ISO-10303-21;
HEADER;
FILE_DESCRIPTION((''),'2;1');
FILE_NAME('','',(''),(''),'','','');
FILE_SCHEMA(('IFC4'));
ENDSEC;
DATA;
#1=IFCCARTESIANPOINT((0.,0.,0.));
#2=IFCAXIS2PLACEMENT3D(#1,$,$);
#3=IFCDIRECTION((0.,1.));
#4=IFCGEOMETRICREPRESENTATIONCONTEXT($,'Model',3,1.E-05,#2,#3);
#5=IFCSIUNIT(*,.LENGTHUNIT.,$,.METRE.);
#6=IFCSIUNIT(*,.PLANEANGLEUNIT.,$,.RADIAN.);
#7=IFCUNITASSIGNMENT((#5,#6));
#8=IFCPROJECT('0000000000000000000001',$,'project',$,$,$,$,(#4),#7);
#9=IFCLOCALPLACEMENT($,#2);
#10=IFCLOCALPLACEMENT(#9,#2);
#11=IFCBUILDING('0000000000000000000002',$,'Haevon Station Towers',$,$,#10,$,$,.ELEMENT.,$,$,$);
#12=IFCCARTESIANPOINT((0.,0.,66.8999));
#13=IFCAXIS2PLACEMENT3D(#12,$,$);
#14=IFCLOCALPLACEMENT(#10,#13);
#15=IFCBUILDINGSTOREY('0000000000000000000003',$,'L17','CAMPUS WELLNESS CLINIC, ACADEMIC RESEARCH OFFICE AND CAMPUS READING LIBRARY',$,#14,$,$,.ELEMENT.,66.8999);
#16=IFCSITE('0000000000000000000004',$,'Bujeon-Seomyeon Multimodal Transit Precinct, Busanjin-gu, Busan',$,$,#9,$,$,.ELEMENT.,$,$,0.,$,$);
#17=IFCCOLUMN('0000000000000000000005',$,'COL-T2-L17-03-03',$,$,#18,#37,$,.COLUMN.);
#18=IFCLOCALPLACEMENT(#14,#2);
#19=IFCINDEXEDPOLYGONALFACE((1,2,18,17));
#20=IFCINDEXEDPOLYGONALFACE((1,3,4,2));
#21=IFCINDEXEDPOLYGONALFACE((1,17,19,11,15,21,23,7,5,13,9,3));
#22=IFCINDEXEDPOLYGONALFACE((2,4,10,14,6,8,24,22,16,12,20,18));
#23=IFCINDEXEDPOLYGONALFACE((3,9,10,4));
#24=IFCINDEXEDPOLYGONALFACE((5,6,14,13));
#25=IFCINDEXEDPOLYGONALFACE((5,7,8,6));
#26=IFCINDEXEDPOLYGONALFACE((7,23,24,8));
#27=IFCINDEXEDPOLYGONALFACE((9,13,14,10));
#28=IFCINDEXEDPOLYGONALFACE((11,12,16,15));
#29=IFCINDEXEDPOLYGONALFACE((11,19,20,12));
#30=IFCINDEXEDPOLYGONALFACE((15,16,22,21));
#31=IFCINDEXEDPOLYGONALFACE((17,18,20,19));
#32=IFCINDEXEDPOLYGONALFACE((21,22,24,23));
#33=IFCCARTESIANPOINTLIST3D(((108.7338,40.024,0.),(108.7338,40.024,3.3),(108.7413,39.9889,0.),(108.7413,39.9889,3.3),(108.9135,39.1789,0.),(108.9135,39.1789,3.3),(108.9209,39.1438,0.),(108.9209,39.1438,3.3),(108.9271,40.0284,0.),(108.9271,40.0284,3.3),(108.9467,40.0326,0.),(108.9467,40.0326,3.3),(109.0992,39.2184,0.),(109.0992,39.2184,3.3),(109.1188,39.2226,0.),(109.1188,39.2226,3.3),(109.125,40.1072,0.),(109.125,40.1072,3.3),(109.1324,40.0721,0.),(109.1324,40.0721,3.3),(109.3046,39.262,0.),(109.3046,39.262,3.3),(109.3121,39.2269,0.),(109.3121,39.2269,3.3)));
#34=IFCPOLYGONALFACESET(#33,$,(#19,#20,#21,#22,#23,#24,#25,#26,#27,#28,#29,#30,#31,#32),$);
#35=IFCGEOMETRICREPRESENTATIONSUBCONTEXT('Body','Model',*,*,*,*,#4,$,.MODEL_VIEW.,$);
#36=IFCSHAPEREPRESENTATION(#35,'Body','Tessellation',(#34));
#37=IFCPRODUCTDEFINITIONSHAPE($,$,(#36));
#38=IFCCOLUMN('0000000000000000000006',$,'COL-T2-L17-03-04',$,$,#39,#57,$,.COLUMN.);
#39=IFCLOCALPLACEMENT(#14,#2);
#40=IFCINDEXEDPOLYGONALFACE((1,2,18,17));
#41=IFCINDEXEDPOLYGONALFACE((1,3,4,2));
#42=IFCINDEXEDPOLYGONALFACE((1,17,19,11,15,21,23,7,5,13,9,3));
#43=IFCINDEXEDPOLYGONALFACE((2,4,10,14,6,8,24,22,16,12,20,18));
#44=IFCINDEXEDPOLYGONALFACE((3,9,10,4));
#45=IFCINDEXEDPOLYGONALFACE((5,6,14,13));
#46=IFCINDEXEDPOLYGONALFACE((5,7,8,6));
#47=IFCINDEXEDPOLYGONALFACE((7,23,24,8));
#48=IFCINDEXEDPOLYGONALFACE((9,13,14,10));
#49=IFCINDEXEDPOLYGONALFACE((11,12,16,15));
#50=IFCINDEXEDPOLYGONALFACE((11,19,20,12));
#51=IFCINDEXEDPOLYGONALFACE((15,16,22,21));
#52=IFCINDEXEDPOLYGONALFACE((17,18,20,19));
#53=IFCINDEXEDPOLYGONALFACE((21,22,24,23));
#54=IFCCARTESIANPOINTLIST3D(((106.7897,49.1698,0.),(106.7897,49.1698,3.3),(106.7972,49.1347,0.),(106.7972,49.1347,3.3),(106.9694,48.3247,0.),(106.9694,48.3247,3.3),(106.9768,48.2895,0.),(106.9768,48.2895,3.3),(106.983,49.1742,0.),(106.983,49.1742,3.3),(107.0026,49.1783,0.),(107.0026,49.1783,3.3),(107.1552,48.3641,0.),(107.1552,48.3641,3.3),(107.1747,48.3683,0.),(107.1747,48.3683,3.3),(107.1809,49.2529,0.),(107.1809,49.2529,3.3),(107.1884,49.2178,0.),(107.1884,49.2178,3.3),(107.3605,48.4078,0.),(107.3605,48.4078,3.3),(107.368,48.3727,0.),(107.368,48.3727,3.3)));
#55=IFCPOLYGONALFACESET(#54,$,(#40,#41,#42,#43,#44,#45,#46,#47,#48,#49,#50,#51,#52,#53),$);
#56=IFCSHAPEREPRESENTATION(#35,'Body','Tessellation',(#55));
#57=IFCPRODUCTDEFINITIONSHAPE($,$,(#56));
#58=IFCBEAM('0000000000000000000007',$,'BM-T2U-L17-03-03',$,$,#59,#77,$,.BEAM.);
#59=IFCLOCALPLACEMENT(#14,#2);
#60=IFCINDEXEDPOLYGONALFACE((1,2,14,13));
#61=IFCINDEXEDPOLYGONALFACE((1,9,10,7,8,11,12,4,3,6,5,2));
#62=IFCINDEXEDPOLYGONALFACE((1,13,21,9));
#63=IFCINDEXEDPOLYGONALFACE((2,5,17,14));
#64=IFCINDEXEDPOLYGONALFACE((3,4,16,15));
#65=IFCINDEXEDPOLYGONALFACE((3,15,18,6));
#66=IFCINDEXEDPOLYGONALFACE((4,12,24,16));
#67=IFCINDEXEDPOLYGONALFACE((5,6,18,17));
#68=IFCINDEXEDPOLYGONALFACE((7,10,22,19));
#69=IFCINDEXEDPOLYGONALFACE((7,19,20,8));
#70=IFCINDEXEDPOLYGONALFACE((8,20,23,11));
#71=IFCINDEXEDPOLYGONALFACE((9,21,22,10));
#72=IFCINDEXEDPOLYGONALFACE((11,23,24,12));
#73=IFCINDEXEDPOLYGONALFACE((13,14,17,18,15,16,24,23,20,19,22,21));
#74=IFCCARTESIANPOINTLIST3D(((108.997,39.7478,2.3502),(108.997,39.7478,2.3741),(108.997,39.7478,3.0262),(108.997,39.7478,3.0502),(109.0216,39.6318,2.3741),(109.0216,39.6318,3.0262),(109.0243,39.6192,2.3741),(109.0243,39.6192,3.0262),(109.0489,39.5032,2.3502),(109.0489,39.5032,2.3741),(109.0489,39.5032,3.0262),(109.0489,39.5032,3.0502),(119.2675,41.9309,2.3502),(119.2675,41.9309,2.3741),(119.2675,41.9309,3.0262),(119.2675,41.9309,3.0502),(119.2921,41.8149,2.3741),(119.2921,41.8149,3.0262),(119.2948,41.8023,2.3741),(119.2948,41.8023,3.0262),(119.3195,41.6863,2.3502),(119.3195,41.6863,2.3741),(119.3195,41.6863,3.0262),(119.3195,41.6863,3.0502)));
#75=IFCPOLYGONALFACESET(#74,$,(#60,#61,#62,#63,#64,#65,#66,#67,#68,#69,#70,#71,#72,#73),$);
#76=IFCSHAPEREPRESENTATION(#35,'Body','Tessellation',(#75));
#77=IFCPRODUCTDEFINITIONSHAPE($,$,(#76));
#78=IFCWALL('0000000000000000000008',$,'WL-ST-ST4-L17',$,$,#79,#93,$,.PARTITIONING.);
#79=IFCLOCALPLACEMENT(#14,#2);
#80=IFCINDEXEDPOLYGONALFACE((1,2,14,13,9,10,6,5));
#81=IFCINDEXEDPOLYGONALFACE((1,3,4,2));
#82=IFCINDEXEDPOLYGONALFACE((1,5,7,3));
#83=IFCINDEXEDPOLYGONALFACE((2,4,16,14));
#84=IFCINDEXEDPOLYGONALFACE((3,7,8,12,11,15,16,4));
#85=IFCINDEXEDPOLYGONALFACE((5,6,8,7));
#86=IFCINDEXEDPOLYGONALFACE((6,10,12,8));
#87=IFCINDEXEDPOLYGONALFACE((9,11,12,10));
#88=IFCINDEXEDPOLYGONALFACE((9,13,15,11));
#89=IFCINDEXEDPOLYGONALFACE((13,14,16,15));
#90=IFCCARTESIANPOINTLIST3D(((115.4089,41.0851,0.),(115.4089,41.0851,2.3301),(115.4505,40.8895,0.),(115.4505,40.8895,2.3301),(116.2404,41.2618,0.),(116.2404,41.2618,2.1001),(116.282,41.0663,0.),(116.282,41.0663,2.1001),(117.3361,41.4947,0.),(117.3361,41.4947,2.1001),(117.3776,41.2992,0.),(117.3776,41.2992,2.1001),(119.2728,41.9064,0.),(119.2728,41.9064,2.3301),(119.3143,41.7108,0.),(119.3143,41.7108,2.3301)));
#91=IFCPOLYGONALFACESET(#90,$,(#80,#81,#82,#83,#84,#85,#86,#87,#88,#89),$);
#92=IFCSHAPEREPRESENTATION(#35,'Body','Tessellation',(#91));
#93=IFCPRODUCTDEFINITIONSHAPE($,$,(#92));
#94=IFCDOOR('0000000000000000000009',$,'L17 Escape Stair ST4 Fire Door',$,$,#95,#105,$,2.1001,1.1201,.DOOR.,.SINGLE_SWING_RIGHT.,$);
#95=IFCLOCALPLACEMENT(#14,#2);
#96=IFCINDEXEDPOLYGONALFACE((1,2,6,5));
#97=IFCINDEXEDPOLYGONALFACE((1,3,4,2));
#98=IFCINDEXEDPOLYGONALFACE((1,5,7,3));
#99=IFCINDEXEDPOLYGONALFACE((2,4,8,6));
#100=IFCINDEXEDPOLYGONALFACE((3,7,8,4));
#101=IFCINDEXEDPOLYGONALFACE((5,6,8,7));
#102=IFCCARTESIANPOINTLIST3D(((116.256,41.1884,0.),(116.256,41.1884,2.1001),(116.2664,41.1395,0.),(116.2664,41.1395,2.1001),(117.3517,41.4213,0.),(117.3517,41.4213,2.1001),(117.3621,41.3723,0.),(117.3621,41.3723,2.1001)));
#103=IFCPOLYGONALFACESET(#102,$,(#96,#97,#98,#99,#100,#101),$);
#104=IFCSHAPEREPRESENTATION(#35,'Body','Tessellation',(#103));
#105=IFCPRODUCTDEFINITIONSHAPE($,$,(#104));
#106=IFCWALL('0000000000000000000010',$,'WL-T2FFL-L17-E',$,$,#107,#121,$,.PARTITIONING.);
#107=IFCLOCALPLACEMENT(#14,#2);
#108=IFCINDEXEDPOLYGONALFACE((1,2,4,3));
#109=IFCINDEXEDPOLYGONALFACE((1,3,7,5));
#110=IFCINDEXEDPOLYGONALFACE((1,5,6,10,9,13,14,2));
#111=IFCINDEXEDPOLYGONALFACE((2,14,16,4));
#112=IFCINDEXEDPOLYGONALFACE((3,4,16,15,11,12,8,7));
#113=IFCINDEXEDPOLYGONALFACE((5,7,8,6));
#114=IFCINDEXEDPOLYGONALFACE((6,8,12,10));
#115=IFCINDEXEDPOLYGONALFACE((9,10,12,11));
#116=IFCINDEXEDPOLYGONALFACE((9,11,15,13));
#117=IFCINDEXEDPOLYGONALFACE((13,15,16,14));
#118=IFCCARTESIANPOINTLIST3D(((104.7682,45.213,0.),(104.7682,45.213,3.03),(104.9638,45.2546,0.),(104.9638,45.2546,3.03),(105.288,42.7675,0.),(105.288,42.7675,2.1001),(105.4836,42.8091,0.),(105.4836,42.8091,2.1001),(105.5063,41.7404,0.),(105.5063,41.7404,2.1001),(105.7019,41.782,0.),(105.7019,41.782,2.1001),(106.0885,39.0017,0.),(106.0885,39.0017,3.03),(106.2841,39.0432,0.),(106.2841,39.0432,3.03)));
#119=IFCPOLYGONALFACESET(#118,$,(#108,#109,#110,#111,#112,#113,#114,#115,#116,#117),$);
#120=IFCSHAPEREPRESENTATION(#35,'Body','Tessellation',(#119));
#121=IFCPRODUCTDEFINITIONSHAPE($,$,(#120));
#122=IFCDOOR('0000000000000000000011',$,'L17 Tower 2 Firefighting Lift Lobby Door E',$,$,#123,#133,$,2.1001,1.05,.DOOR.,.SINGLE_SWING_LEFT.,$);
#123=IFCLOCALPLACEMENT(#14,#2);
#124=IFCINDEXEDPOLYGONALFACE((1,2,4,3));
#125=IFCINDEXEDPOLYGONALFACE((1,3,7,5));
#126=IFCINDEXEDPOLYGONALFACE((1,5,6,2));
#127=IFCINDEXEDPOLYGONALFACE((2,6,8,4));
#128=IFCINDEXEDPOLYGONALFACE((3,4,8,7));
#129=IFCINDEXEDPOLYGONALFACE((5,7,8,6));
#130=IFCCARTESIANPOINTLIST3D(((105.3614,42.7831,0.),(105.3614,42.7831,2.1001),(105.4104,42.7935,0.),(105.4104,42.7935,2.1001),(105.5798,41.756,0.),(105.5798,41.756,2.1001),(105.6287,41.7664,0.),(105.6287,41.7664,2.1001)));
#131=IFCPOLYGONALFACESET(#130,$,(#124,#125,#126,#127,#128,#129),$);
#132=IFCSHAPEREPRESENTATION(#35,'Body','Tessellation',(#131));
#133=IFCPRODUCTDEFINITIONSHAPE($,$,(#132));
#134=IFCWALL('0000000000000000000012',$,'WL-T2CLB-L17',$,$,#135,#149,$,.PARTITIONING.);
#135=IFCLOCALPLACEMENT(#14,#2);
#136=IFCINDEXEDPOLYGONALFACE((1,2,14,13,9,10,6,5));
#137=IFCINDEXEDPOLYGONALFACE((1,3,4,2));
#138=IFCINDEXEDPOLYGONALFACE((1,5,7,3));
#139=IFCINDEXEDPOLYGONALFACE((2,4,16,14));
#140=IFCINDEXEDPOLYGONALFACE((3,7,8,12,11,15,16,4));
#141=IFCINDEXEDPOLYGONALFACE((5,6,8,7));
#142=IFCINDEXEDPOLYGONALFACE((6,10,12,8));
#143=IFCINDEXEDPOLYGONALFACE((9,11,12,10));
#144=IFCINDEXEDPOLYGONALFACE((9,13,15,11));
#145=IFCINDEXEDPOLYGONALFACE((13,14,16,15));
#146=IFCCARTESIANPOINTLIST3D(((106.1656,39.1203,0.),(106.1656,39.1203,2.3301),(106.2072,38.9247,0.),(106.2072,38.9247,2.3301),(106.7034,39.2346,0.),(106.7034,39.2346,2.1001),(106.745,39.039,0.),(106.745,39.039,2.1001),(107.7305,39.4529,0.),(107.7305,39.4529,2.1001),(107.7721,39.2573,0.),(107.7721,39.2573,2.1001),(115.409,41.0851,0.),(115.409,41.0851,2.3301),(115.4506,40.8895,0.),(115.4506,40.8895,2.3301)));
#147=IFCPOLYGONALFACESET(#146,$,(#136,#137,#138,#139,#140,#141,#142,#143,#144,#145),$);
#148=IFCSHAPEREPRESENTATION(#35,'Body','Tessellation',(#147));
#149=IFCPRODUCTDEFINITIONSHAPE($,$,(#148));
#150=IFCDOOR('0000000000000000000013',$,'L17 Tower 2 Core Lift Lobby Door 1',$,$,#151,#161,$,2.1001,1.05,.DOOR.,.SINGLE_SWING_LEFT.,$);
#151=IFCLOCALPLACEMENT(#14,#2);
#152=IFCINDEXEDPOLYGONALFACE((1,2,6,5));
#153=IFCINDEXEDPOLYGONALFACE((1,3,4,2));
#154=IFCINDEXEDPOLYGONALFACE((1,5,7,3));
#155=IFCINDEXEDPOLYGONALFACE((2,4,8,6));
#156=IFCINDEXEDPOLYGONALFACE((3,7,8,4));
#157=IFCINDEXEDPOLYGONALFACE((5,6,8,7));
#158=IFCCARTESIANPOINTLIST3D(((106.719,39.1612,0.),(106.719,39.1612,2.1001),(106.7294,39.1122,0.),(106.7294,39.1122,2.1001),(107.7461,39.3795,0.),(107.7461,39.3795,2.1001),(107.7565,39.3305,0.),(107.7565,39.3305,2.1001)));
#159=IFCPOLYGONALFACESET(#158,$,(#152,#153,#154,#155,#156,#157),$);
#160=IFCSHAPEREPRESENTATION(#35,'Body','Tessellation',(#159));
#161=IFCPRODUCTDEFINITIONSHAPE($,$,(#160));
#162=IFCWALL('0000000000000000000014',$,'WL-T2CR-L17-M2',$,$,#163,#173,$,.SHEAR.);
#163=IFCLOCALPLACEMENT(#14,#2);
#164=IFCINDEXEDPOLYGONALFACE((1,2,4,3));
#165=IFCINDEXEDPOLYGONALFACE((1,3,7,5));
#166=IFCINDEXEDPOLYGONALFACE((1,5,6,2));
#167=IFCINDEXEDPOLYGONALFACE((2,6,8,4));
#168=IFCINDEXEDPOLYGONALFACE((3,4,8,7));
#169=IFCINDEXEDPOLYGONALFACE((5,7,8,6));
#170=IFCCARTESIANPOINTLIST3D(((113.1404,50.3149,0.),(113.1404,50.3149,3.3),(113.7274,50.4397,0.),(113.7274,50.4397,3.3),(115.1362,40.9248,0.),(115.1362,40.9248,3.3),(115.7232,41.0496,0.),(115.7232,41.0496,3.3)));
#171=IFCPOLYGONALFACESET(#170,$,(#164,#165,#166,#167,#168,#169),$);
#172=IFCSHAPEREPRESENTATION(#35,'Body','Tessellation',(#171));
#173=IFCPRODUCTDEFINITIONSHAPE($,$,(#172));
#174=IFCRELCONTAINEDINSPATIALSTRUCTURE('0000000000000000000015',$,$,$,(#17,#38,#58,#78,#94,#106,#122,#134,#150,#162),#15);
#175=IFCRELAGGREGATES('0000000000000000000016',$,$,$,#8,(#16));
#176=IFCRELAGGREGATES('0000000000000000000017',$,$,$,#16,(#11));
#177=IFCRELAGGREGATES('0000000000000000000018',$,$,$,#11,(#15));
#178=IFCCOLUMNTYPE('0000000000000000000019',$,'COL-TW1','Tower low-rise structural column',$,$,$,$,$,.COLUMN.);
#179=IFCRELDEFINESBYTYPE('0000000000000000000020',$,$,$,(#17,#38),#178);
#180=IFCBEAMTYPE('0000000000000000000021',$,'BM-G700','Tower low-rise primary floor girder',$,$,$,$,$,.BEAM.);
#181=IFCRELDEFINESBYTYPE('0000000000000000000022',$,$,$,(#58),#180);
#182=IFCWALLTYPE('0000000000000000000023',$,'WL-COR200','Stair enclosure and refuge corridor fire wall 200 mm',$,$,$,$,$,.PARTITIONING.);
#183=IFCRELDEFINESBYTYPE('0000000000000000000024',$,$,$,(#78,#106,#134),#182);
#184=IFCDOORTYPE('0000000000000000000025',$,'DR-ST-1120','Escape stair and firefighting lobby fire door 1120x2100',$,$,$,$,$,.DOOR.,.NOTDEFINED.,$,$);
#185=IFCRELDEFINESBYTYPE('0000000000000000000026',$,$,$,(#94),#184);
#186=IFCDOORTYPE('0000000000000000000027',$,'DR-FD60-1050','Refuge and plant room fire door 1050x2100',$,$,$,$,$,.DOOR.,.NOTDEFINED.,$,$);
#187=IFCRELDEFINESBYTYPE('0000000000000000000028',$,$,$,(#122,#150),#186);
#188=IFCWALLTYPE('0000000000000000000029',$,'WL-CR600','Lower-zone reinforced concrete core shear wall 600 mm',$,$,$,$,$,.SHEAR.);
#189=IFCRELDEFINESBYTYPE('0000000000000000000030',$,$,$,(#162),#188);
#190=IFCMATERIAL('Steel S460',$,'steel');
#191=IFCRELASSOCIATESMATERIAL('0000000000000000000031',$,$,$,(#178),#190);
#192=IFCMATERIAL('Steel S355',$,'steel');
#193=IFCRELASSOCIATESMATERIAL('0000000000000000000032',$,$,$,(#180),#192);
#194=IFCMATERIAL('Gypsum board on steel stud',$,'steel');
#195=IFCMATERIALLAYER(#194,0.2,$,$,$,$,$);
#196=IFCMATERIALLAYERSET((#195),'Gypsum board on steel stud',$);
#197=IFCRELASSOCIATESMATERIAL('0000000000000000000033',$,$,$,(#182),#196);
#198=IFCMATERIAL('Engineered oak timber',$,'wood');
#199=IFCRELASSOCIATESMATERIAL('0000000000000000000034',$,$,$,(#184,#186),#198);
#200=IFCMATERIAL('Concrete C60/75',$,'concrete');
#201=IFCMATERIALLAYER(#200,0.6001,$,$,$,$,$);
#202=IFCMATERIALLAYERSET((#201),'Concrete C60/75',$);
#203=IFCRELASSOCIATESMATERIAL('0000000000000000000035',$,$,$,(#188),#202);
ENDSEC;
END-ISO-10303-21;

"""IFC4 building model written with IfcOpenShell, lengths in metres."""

from ifc_helpers import new_model, si_unit, direction, frame, frame_2d, origin, origin_2d, place, context, subcontext, project, spatial, rectangle, i_section, extrude, material, layer, layer_set, material_profile, profile_set, type_object, element, fill, save


model = new_model("IFC4")

# Units and contexts
model_context = context("Model", 3, precision=1e-05, world=origin(), true_north=direction((0.0, 1.0)))
body_context = subcontext(model_context, "Body", "Model", "MODEL_VIEW")
ifc_project = project(units=[si_unit("LENGTHUNIT", "METRE"), si_unit("PLANEANGLEUNIT", "RADIAN")], contexts=[model_context])

# Site, building, storey
site_placement = place(None, origin())
site = spatial("IfcSite", under=ifc_project, at=site_placement, Name="Bujeon-Seomyeon Multimodal Transit Precinct, Busanjin-gu, Busan", CompositionType="ELEMENT", RefElevation=0.0)
building_placement = place(site_placement, origin())
building = spatial("IfcBuilding", under=site, at=building_placement, Name="Haevon Station Towers", CompositionType="ELEMENT")
storey_placement = place(building_placement, frame((0.0, 0.0, 66.8999)))
storey = spatial("IfcBuildingStorey", under=building, at=storey_placement, Name="L17", Description="CAMPUS WELLNESS CLINIC, ACADEMIC RESEARCH OFFICE AND CAMPUS READING LIBRARY", CompositionType="ELEMENT", Elevation=66.8999)

# Columns
ifc_material_1 = material(Name="Steel S460", Category="steel")
ifc_material_profile_1 = material_profile(ifc_material_1, i_section(OverallWidth=0.3999, OverallDepth=0.8999, WebThickness=0.02, FlangeThickness=0.0359, at=origin_2d()), Name="H-900x400x20x36")
ifc_profile_set_1 = profile_set([ifc_material_profile_1], Name="Steel S460")
column_type = type_object("IfcColumnType", Name="COL-TW1", Description="Tower low-rise structural column", PredefinedType="COLUMN", material=ifc_profile_set_1)
for number, where, z_axis, x_axis, name in (
    (1, (109.0229, 39.6255, 0.0), (0.0, 0.0, 1.0), (0.978148, 0.207912, 0.0), "COL-T2-L17-03-03"),
    (2, (107.0789, 48.7712, 0.0), (0.0, 0.0, 1.0), (0.978148, 0.207912, 0.0), "COL-T2-L17-03-04"),
):
    element("IfcColumn", number, at=place(storey_placement, frame(where, z_axis=z_axis, x_axis=x_axis)), inside=storey, type_object=column_type, Name=name, PredefinedType="COLUMN", context=body_context, shape_type="SweptSolid", body=[
        extrude(i_section(OverallWidth=0.3999, OverallDepth=0.8999, WebThickness=0.02, FlangeThickness=0.0359, at=origin_2d()), origin(), (0.0, 0.0, 1.0), 3.3),
    ])

# Beam
ifc_material_2 = material(Name="Steel S355", Category="steel")
ifc_material_profile_2 = material_profile(ifc_material_2, i_section(OverallWidth=0.25, OverallDepth=0.7, WebThickness=0.0129, FlangeThickness=0.0239, at=origin_2d()), Name="H-700x250x13x24")
ifc_profile_set_2 = profile_set([ifc_material_profile_2], Name="Steel S355")
beam_type = type_object("IfcBeamType", Name="BM-G700", Description="Tower low-rise primary floor girder", PredefinedType="BEAM", material=ifc_profile_set_2)
beam_placement = place(storey_placement, frame((109.0229, 39.6255, 2.7002), z_axis=(0.978147, 0.207915, 0.0), x_axis=(-0.207915, 0.978147, 0.0)))
element("IfcBeam", 3, at=beam_placement, inside=storey, type_object=beam_type, Name="BM-T2U-L17-03-03", PredefinedType="BEAM", context=body_context, shape_type="SweptSolid", body=[
    extrude(i_section(OverallWidth=0.25, OverallDepth=0.7, WebThickness=0.0129, FlangeThickness=0.0239, at=origin_2d()), origin(), (0.0, 0.0, 1.0), 10.5),
])

# Walls, openings, doors
ifc_material_3 = material(Name="Gypsum board on steel stud", Category="steel")
ifc_layer_1 = layer(ifc_material_3, 0.2)
ifc_layer_set_1 = layer_set([ifc_layer_1], Name="Gypsum board on steel stud")
wall_type_1 = type_object("IfcWallType", Name="WL-COR200", Description="Stair enclosure and refuge corridor fire wall 200 mm", PredefinedType="PARTITIONING", material=ifc_layer_set_1)
wall_1_placement = place(storey_placement, frame((115.4297, 40.9873, 0.0), z_axis=(0.0, 0.0, 1.0), x_axis=(0.978147, 0.207916, 0.0)))
wall_1 = element("IfcWall", 4, at=wall_1_placement, inside=storey, type_object=wall_type_1, Name="WL-ST-ST4-L17", PredefinedType="PARTITIONING", context=body_context, shape_type="SweptSolid", body=[
    extrude(rectangle(XDim=3.9502, YDim=0.2, at=frame_2d((1.9751, 0.0))), origin(), (0.0, 0.0, 1.0), 2.3301),
])
opening_1_placement = place(wall_1_placement, frame((0.8501, 0.0, 0.0)))
opening_1 = element("IfcOpeningElement", 5, at=opening_1_placement, cuts=wall_1, PredefinedType="OPENING", context=body_context, shape_type="SweptSolid", body=[
    extrude(rectangle(XDim=1.1201, YDim=2.1001, at=frame_2d((0.5601, 1.05))), frame((0.0, 0.1099, 0.0), z_axis=(0.0, -1.0, 0.0), x_axis=(1.0, 0.0, 0.0)), (0.0, 0.0, 1.0), 0.22),
])
ifc_material_4 = material(Name="Engineered oak timber", Category="wood")
door_type_1 = type_object("IfcDoorType", Name="DR-ST-1120", Description="Escape stair and firefighting lobby fire door 1120x2100", OperationType="NOTDEFINED", PredefinedType="DOOR", material=ifc_material_4)
door_1_placement = place(opening_1_placement, origin())
door_1 = element("IfcDoor", 6, at=door_1_placement, inside=storey, type_object=door_type_1, Name="L17 Escape Stair ST4 Fire Door", OperationType="SINGLE_SWING_RIGHT", OverallHeight=2.1001, OverallWidth=1.1201, PredefinedType="DOOR", context=body_context, shape_type="SweptSolid", body=[
    extrude(rectangle(XDim=1.1201, YDim=2.1001, at=frame_2d((0.5601, 1.05))), frame((0.0, 0.0249, 0.0), z_axis=(0.0, -1.0, 0.0), x_axis=(1.0, 0.0, 0.0)), (0.0, 0.0, 1.0), 0.05),
])
fill(opening_1, door_1)
wall_2_placement = place(storey_placement, frame((106.1863, 39.0225, 0.0), z_axis=(0.0, 0.0, 1.0), x_axis=(-0.207917, 0.978147, 0.0)))
wall_2 = element("IfcWall", 7, at=wall_2_placement, inside=storey, type_object=wall_type_1, Name="WL-T2FFL-L17-E", PredefinedType="PARTITIONING", context=body_context, shape_type="SweptSolid", body=[
    extrude(rectangle(XDim=6.3501, YDim=0.2, at=frame_2d((3.175, 0.0))), origin(), (0.0, 0.0, 1.0), 3.03),
])
opening_2_placement = place(wall_2_placement, frame((2.8, 0.0, 0.0)))
opening_2 = element("IfcOpeningElement", 8, at=opening_2_placement, cuts=wall_2, PredefinedType="OPENING", context=body_context, shape_type="SweptSolid", body=[
    extrude(rectangle(XDim=1.05, YDim=2.1001, at=frame_2d((0.5249, 1.05))), frame((0.0, 0.1099, 0.0), z_axis=(0.0, -1.0, 0.0), x_axis=(1.0, 0.0, 0.0)), (0.0, 0.0, 1.0), 0.22),
])
door_type_2 = type_object("IfcDoorType", Name="DR-FD60-1050", Description="Refuge and plant room fire door 1050x2100", OperationType="NOTDEFINED", PredefinedType="DOOR", material=ifc_material_4)
door_2_placement = place(opening_2_placement, origin())
door_2 = element("IfcDoor", 9, at=door_2_placement, inside=storey, type_object=door_type_2, Name="L17 Tower 2 Firefighting Lift Lobby Door E", OperationType="SINGLE_SWING_LEFT", OverallHeight=2.1001, OverallWidth=1.05, PredefinedType="DOOR", context=body_context, shape_type="SweptSolid", body=[
    extrude(rectangle(XDim=1.05, YDim=2.1001, at=frame_2d((0.5249, 1.05))), frame((0.0, 0.0249, 0.0), z_axis=(0.0, -1.0, 0.0), x_axis=(1.0, 0.0, 0.0)), (0.0, 0.0, 1.0), 0.05),
])
fill(opening_2, door_2)
wall_3_placement = place(storey_placement, frame((106.1863, 39.0225, 0.0), z_axis=(0.0, 0.0, 1.0), x_axis=(0.978146, 0.207921, 0.0)))
wall_3 = element("IfcWall", 10, at=wall_3_placement, inside=storey, type_object=wall_type_1, Name="WL-T2CLB-L17", PredefinedType="PARTITIONING", context=body_context, shape_type="SweptSolid", body=[
    extrude(rectangle(XDim=9.45, YDim=0.2, at=frame_2d((4.7251, 0.0))), origin(), (0.0, 0.0, 1.0), 2.3301),
])
opening_3_placement = place(wall_3_placement, frame((0.55, 0.0, 0.0)))
opening_3 = element("IfcOpeningElement", 11, at=opening_3_placement, cuts=wall_3, PredefinedType="OPENING", context=body_context, shape_type="SweptSolid", body=[
    extrude(rectangle(XDim=1.05, YDim=2.1001, at=frame_2d((0.5249, 1.05))), frame((0.0, 0.1099, 0.0), z_axis=(0.0, -1.0, 0.0), x_axis=(1.0, 0.0, 0.0)), (0.0, 0.0, 1.0), 0.22),
])
door_3_placement = place(opening_3_placement, origin())
door_3 = element("IfcDoor", 12, at=door_3_placement, inside=storey, type_object=door_type_2, Name="L17 Tower 2 Core Lift Lobby Door 1", OperationType="SINGLE_SWING_LEFT", OverallHeight=2.1001, OverallWidth=1.05, PredefinedType="DOOR", context=body_context, shape_type="SweptSolid", body=[
    extrude(rectangle(XDim=1.05, YDim=2.1001, at=frame_2d((0.5249, 1.05))), frame((0.0, 0.0249, 0.0), z_axis=(0.0, -1.0, 0.0), x_axis=(1.0, 0.0, 0.0)), (0.0, 0.0, 1.0), 0.05),
])
fill(opening_3, door_3)

# Wall
ifc_material_5 = material(Name="Concrete C60/75", Category="concrete")
ifc_layer_2 = layer(ifc_material_5, 0.6001)
ifc_layer_set_2 = layer_set([ifc_layer_2], Name="Concrete C60/75")
wall_type_2 = type_object("IfcWallType", Name="WL-CR600", Description="Lower-zone reinforced concrete core shear wall 600 mm", PredefinedType="SHEAR", material=ifc_layer_set_2)
wall_4_placement = place(storey_placement, frame((115.4297, 40.9873, 0.0), z_axis=(0.0, 0.0, 1.0), x_axis=(-0.207903, 0.978149, 0.0)))
element("IfcWall", 13, at=wall_4_placement, inside=storey, type_object=wall_type_2, Name="WL-T2CR-L17-M2", PredefinedType="SHEAR", context=body_context, shape_type="SweptSolid", body=[
    extrude(rectangle(XDim=9.5999, YDim=0.6001, at=frame_2d((4.7998, 0.0))), origin(), (0.0, 0.0, 1.0), 3.3),
])

save(model, "model.ifc")
